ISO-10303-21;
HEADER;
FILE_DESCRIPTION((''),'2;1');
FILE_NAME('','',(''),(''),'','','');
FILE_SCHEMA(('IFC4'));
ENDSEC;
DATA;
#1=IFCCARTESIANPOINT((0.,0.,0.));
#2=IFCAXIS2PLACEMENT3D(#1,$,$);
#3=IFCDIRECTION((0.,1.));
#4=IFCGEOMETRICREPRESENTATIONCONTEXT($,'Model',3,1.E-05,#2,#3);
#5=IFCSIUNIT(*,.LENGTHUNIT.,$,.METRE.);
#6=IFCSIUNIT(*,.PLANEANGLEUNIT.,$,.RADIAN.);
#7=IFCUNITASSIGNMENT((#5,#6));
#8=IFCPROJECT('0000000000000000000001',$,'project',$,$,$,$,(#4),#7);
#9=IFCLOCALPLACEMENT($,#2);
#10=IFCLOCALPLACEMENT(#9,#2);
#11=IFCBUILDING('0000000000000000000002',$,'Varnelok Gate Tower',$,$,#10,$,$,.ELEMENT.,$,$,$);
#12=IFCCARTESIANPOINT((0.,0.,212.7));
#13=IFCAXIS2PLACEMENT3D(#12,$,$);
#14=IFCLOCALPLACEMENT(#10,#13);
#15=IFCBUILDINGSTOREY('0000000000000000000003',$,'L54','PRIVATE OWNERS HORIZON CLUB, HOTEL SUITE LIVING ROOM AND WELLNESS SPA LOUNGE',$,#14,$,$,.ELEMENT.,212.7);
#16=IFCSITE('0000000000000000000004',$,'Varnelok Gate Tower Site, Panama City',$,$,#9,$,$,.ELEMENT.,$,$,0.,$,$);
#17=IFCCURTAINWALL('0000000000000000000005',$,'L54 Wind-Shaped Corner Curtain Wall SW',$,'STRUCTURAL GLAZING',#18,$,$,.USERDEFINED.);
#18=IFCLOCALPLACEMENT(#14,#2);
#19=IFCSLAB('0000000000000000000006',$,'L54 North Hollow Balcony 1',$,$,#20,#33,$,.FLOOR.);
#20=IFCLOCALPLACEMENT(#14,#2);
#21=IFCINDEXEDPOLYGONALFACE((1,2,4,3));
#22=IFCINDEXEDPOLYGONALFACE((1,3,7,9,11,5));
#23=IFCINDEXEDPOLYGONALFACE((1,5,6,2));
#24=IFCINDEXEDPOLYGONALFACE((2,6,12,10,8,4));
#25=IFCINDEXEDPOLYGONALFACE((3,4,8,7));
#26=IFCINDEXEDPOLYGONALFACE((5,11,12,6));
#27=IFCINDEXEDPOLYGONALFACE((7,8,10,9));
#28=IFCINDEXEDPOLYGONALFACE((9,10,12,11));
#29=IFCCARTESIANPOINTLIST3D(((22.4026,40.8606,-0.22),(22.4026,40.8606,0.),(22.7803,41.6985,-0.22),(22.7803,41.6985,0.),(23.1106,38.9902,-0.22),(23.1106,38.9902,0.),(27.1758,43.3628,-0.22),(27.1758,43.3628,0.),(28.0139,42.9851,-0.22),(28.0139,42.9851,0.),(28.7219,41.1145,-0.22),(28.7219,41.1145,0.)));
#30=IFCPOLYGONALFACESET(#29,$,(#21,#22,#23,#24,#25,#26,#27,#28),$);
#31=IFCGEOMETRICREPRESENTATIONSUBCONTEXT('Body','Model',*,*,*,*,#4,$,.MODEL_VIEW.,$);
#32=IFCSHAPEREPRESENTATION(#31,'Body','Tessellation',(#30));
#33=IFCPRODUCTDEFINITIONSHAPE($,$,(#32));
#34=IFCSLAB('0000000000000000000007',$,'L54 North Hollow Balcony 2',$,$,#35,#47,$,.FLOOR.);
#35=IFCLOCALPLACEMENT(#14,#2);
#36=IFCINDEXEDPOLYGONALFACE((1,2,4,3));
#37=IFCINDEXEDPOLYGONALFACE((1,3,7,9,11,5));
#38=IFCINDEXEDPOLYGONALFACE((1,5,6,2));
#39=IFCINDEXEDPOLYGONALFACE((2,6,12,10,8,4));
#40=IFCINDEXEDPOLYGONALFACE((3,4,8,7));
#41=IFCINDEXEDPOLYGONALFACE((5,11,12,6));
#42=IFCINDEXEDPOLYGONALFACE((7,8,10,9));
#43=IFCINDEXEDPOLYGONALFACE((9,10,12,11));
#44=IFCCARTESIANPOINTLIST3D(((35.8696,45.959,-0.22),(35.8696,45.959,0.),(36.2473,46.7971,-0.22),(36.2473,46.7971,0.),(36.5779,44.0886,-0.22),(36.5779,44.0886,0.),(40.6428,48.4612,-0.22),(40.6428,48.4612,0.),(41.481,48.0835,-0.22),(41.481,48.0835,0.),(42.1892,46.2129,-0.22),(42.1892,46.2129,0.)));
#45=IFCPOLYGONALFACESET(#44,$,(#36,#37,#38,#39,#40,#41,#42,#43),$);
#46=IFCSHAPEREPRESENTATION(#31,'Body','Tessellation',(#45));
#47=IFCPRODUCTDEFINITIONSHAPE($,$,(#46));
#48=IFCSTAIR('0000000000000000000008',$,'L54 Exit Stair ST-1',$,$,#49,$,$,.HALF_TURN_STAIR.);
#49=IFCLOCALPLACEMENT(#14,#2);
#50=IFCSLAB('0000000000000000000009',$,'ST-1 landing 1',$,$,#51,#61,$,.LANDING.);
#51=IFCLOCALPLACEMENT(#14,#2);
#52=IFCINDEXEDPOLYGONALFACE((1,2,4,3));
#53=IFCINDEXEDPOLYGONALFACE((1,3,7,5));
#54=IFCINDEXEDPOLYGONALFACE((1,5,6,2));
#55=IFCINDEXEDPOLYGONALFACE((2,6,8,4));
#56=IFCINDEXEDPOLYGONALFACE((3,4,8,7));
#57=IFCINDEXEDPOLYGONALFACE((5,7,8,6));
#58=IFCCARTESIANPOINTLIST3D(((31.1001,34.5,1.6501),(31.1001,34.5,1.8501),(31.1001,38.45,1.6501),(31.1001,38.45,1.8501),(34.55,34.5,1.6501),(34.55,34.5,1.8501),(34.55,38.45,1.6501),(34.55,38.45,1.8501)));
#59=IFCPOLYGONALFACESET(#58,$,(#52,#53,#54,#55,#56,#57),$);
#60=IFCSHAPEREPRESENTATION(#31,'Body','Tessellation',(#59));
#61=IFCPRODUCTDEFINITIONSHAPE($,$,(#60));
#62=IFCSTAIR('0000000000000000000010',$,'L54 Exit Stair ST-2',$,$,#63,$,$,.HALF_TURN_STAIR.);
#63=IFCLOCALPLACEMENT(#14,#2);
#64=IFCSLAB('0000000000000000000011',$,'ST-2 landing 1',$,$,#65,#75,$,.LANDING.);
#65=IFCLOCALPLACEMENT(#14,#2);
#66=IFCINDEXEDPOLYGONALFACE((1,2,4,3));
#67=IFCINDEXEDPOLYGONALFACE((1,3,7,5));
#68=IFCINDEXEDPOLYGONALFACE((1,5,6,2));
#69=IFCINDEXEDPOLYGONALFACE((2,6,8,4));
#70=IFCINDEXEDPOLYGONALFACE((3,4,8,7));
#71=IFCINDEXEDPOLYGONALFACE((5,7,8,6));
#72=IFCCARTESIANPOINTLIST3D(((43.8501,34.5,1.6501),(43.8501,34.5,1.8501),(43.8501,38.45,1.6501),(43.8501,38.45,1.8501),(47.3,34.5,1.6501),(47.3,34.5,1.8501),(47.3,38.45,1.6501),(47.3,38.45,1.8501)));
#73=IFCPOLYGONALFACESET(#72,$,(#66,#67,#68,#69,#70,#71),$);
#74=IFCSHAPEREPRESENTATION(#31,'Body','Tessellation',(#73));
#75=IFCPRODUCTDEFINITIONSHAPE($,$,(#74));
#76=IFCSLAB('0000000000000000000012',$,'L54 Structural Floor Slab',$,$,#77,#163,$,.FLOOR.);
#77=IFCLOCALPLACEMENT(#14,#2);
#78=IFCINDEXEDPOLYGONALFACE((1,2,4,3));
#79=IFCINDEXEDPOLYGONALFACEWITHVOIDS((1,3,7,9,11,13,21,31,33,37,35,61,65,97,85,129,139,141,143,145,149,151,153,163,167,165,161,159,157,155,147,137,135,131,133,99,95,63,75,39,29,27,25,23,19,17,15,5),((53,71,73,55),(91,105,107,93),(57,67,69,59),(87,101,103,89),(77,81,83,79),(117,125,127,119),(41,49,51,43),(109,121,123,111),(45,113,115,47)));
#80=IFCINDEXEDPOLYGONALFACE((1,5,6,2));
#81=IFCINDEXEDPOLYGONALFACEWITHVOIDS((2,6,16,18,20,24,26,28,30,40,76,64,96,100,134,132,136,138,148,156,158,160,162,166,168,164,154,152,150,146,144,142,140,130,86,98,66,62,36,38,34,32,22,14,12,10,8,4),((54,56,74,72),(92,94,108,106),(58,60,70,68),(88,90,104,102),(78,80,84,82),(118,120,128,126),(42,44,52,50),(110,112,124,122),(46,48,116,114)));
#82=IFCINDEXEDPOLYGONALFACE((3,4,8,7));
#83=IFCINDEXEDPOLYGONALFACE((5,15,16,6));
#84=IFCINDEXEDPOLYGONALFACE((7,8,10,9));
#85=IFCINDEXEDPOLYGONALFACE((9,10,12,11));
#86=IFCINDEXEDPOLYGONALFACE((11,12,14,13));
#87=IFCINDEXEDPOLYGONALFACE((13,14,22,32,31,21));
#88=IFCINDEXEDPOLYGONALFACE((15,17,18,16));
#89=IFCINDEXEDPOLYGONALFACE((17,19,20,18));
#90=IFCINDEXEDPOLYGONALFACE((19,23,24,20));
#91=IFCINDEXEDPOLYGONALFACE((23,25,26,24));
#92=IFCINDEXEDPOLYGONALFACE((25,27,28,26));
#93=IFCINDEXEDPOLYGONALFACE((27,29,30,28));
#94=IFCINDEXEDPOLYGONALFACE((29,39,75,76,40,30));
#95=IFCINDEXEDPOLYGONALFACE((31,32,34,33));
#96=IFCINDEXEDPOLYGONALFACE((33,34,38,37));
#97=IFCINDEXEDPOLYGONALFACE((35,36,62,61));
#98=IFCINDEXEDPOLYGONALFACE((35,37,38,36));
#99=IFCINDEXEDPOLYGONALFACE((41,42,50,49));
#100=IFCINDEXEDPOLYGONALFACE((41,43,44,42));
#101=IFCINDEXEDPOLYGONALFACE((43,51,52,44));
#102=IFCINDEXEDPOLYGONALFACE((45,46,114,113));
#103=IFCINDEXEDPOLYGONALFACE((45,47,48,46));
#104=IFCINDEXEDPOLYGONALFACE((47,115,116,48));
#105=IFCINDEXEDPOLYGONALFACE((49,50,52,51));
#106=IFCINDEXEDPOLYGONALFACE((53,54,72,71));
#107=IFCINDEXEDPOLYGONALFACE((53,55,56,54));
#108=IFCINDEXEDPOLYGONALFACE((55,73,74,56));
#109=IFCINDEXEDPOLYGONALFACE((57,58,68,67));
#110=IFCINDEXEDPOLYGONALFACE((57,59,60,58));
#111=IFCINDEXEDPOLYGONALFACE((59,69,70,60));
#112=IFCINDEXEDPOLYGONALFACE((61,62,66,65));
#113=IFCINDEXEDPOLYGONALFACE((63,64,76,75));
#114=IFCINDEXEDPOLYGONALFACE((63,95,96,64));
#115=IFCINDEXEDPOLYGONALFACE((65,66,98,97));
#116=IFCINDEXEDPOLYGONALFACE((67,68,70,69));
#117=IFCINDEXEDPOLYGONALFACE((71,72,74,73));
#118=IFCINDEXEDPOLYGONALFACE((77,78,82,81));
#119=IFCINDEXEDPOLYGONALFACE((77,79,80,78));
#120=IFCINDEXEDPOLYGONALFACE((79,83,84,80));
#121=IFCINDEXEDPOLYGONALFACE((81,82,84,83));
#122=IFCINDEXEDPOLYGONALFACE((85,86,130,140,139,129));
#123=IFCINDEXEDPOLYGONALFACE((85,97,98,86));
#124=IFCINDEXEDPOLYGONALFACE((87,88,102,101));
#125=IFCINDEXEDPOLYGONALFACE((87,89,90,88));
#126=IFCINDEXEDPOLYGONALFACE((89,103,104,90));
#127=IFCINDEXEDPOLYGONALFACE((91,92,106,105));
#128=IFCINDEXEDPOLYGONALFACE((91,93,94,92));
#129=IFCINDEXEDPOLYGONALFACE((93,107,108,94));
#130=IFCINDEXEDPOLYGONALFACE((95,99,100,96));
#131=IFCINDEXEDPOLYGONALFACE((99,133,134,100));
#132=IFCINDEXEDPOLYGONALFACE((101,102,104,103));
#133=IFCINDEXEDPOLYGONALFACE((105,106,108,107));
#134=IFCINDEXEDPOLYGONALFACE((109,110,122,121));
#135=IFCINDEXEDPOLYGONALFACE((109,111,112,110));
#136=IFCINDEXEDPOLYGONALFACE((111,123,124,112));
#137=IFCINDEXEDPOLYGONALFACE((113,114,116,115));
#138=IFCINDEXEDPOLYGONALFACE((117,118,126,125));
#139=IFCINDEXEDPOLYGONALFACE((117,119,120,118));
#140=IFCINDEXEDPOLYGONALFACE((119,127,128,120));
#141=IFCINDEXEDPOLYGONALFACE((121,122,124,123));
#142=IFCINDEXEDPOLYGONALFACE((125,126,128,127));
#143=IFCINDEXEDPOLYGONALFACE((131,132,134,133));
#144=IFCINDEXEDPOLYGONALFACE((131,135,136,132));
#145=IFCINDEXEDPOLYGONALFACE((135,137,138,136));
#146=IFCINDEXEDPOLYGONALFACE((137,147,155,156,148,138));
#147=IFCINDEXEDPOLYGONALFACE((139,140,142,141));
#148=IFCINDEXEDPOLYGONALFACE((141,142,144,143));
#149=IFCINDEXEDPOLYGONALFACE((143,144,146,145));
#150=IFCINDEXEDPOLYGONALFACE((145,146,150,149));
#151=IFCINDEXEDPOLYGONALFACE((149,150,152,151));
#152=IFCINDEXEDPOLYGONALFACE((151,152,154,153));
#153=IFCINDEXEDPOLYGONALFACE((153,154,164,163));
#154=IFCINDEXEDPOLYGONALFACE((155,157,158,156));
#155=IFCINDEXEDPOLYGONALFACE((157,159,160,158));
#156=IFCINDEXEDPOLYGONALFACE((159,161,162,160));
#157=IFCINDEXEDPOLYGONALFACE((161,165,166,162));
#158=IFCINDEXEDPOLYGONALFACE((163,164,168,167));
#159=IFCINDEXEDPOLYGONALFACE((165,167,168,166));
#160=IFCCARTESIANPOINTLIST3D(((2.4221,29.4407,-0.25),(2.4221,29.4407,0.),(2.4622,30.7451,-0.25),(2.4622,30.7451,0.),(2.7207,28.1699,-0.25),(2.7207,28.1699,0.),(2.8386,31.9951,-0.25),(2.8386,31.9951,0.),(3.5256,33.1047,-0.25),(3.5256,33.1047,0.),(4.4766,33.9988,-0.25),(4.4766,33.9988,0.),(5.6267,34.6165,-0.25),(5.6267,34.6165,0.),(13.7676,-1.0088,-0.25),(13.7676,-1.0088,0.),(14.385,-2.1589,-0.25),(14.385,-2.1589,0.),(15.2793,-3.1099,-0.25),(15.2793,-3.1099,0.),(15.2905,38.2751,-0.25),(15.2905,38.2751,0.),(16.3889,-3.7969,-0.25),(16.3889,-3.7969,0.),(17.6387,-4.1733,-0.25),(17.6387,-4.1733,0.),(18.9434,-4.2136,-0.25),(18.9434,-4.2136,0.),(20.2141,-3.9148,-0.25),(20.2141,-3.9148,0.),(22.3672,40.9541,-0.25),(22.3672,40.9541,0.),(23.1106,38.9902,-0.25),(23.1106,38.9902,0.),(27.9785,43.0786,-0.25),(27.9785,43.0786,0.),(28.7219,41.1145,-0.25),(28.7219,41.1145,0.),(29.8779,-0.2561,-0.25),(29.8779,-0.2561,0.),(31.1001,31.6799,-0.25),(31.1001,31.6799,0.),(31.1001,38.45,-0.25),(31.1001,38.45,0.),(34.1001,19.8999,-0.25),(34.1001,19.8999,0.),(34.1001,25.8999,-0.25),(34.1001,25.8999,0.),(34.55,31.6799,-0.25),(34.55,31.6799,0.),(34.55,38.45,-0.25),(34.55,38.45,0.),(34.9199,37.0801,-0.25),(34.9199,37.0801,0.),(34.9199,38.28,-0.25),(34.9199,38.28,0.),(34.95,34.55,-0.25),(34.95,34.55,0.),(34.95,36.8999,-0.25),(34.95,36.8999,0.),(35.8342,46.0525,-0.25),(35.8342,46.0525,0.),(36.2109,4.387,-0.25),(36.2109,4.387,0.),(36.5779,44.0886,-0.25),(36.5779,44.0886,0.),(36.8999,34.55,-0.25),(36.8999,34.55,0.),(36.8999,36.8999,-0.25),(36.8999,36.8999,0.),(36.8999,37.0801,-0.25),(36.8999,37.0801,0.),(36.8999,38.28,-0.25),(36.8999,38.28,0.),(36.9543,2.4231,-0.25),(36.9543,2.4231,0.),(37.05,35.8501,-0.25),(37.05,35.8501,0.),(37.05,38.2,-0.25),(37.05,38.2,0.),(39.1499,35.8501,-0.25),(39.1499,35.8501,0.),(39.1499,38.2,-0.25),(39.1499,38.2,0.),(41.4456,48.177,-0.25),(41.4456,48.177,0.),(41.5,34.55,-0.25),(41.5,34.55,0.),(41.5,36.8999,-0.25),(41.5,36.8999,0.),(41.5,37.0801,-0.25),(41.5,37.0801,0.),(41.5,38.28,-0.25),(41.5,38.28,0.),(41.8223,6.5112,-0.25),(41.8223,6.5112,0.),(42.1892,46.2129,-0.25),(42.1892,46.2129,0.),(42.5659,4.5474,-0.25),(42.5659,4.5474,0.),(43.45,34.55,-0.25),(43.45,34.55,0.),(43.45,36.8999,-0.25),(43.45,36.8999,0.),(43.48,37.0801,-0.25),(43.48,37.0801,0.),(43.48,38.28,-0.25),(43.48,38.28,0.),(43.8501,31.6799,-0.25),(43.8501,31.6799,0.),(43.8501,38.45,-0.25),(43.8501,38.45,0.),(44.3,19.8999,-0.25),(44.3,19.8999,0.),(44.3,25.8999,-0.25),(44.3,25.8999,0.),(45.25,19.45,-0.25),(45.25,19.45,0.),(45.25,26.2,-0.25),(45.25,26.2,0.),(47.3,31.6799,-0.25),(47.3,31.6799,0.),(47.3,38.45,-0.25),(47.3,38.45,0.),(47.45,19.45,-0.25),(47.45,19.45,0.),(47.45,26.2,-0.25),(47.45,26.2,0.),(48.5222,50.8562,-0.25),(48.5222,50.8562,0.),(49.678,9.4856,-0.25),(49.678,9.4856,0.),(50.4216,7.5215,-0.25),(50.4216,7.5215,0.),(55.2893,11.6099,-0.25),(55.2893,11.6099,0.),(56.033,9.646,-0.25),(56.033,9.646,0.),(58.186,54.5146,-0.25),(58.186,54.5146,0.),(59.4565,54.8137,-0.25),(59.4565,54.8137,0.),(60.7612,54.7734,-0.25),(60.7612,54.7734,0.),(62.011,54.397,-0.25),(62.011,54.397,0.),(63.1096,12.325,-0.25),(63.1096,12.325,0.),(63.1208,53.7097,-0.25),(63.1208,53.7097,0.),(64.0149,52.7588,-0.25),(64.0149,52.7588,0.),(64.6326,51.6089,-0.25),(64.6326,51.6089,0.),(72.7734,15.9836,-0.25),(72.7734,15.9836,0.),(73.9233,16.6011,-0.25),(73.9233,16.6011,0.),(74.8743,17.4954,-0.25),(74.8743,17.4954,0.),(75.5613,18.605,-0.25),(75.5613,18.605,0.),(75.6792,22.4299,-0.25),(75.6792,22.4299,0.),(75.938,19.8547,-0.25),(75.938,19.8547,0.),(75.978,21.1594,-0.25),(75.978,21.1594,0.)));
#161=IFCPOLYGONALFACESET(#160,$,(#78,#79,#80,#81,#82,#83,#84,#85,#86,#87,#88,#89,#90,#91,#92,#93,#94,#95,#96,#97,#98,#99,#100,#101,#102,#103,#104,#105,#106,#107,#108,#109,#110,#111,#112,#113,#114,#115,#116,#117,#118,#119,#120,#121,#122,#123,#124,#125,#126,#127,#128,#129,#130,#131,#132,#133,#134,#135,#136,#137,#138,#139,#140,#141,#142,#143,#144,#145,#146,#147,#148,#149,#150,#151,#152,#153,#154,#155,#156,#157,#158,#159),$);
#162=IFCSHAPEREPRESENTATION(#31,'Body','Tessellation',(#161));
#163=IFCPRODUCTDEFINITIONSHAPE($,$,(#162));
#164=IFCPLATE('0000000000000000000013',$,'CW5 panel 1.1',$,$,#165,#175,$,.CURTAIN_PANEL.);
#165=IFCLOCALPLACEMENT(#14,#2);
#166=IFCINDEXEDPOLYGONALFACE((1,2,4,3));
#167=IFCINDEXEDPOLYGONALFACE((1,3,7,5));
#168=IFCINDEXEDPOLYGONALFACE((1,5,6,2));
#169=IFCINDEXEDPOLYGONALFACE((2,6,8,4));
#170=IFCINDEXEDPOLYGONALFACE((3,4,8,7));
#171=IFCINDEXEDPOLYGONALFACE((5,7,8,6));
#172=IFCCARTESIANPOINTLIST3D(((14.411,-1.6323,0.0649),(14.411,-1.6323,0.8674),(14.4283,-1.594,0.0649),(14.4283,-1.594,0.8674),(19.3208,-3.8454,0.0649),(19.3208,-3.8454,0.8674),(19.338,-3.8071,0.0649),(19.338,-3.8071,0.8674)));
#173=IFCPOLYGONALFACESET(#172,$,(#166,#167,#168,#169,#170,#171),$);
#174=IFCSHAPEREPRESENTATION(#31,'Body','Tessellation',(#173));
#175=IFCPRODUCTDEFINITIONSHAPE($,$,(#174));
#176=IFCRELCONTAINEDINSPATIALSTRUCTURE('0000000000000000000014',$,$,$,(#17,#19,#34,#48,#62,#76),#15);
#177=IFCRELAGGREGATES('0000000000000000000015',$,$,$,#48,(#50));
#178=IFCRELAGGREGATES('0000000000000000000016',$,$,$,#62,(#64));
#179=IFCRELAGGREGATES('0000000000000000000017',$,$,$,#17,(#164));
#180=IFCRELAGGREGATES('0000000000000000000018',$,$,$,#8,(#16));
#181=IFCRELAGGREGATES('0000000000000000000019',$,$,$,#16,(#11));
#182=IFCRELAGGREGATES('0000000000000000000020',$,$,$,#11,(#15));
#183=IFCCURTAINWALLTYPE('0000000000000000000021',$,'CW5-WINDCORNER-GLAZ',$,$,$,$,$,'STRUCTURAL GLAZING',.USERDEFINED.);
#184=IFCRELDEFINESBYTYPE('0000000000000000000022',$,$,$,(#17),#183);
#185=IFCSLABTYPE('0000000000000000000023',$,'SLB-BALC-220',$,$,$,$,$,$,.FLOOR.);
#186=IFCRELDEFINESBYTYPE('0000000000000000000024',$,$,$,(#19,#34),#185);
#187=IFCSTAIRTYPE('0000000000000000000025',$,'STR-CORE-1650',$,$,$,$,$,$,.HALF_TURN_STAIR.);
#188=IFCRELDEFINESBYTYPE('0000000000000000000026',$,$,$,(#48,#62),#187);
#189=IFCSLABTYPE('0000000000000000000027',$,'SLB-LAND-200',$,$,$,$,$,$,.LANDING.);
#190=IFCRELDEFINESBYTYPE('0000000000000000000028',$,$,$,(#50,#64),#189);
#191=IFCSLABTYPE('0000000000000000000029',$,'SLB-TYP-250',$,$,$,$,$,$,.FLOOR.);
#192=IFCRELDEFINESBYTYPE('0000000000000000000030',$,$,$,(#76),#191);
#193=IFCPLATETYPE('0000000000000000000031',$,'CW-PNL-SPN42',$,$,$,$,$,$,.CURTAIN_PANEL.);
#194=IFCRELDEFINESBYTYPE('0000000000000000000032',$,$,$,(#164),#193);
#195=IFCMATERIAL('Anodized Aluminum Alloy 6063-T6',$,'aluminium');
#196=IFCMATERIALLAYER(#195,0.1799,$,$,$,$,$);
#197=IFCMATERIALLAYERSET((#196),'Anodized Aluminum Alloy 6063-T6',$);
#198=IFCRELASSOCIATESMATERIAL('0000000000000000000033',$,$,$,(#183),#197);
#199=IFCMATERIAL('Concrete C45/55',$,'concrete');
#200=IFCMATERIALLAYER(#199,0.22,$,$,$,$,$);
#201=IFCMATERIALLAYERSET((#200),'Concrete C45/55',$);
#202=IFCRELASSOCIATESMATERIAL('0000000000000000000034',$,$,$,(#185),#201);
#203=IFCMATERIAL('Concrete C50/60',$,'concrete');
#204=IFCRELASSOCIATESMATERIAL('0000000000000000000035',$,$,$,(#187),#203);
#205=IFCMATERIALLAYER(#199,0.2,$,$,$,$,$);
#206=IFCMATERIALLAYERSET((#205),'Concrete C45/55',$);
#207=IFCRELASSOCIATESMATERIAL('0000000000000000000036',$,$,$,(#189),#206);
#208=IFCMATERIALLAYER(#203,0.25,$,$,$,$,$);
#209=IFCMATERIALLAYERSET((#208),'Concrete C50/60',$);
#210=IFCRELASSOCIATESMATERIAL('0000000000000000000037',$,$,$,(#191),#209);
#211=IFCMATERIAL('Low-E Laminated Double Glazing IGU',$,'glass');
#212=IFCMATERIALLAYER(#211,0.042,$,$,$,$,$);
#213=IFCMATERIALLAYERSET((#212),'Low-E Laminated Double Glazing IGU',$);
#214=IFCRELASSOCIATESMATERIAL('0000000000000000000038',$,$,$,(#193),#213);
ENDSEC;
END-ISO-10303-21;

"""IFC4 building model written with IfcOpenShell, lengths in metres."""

from ifc_helpers import new_model, si_unit, direction, frame, origin, origin_2d, place, context, subcontext, project, spatial, polyline, rectangle, outline, extrude, source, transform, mapped, material, layer, layer_set, type_object, element, aggregate, save


model = new_model("IFC4")

# Units and contexts
model_context = context("Model", 3, precision=1e-05, world=origin(), true_north=direction((0.0, 1.0)))
body_context = subcontext(model_context, "Body", "Model", "MODEL_VIEW")
ifc_project = project(units=[si_unit("LENGTHUNIT", "METRE"), si_unit("PLANEANGLEUNIT", "RADIAN")], contexts=[model_context])

# Site, building, storey
site_placement = place(None, origin())
site = spatial("IfcSite", under=ifc_project, at=site_placement, Name="Varnelok Gate Tower Site, Panama City", CompositionType="ELEMENT", RefElevation=0.0)
building_placement = place(site_placement, origin())
building = spatial("IfcBuilding", under=site, at=building_placement, Name="Varnelok Gate Tower", CompositionType="ELEMENT")
storey_placement = place(building_placement, frame((0.0, 0.0, 212.7)))
storey = spatial("IfcBuildingStorey", under=building, at=storey_placement, Name="L54", Description="PRIVATE OWNERS HORIZON CLUB, HOTEL SUITE LIVING ROOM AND WELLNESS SPA LOUNGE", CompositionType="ELEMENT", Elevation=212.7)

# Curtain wall
ifc_material_1 = material(Name="Anodized Aluminum Alloy 6063-T6", Category="aluminium")
ifc_layer_1 = layer(ifc_material_1, 0.1799)
ifc_layer_set_1 = layer_set([ifc_layer_1], Name="Anodized Aluminum Alloy 6063-T6")
curtain_wall_type_1 = type_object("IfcCurtainWallType", Name="CW5-WINDCORNER-GLAZ", ElementType="STRUCTURAL GLAZING", PredefinedType="USERDEFINED", material=ifc_layer_set_1)
curtain_wall_1_placement = place(storey_placement, origin())
curtain_wall_1 = element("IfcCurtainWall", 1, at=curtain_wall_1_placement, inside=storey, type_object=curtain_wall_type_1, Name="L54 Wind-Shaped Corner Curtain Wall SW", ObjectType="STRUCTURAL GLAZING", PredefinedType="USERDEFINED")

# Slabs
ifc_material_2 = material(Name="Concrete C45/55", Category="concrete")
ifc_layer_2 = layer(ifc_material_2, 0.22)
ifc_layer_set_2 = layer_set([ifc_layer_2], Name="Concrete C45/55")
slab_type_1 = type_object("IfcSlabType", Name="SLB-BALC-220", PredefinedType="FLOOR", material=ifc_layer_set_2)
slab_1_placement = place(storey_placement, frame((0.0, 0.0, -0.22)))
element("IfcSlab", 2, at=slab_1_placement, inside=storey, type_object=slab_type_1, Name="L54 North Hollow Balcony 1", PredefinedType="FLOOR", context=body_context, shape_type="SweptSolid", body=[
    extrude(outline(polyline([(23.1106, 38.9902), (28.7219, 41.1145), (28.0139, 42.9851), (27.1758, 43.3628), (22.7803, 41.6985), (22.4026, 40.8606), (23.1106, 38.9902)])), origin(), (0.0, 0.0, 1.0), 0.22),
])
slab_2_placement = place(storey_placement, frame((0.0, 0.0, -0.22)))
element("IfcSlab", 3, at=slab_2_placement, inside=storey, type_object=slab_type_1, Name="L54 North Hollow Balcony 2", PredefinedType="FLOOR", context=body_context, shape_type="SweptSolid", body=[
    extrude(outline(polyline([(36.5779, 44.0886), (42.1892, 46.2129), (41.481, 48.0835), (40.6428, 48.4612), (36.2473, 46.7971), (35.8696, 45.959), (36.5779, 44.0886)])), origin(), (0.0, 0.0, 1.0), 0.22),
])

# Stairs, slabs
ifc_material_3 = material(Name="Concrete C50/60", Category="concrete")
stair_type = type_object("IfcStairType", Name="STR-CORE-1650", PredefinedType="HALF_TURN_STAIR", material=ifc_material_3)
stair_1_placement = place(storey_placement, origin())
stair_1 = element("IfcStair", 4, at=stair_1_placement, inside=storey, type_object=stair_type, Name="L54 Exit Stair ST-1", PredefinedType="HALF_TURN_STAIR")
ifc_layer_3 = layer(ifc_material_2, 0.2)
ifc_layer_set_3 = layer_set([ifc_layer_3], Name="Concrete C45/55")
slab_type_2 = type_object("IfcSlabType", Name="SLB-LAND-200", PredefinedType="LANDING", material=ifc_layer_set_3)
slab_3_placement = place(storey_placement, frame((0.0, 0.0, 1.6501)))
slab_3 = element("IfcSlab", 5, at=slab_3_placement, type_object=slab_type_2, Name="ST-1 landing 1", PredefinedType="LANDING", context=body_context, shape_type="SweptSolid", body=[
    extrude(outline(polyline([(34.55, 34.5), (34.55, 38.45), (31.1001, 38.45), (31.1001, 34.5), (34.55, 34.5)])), origin(), (0.0, 0.0, 1.0), 0.2),
])
aggregate(stair_1, [slab_3])
stair_2_placement = place(storey_placement, origin())
stair_2 = element("IfcStair", 6, at=stair_2_placement, inside=storey, type_object=stair_type, Name="L54 Exit Stair ST-2", PredefinedType="HALF_TURN_STAIR")
slab_4_placement = place(storey_placement, frame((0.0, 0.0, 1.6501)))
slab_4 = element("IfcSlab", 7, at=slab_4_placement, type_object=slab_type_2, Name="ST-2 landing 1", PredefinedType="LANDING", context=body_context, shape_type="SweptSolid", body=[
    extrude(outline(polyline([(47.3, 34.5), (47.3, 38.45), (43.8501, 38.45), (43.8501, 34.5), (47.3, 34.5)])), origin(), (0.0, 0.0, 1.0), 0.2),
])
aggregate(stair_2, [slab_4])

# Slab
ifc_layer_4 = layer(ifc_material_3, 0.25)
ifc_layer_set_4 = layer_set([ifc_layer_4], Name="Concrete C50/60")
slab_type_3 = type_object("IfcSlabType", Name="SLB-TYP-250", PredefinedType="FLOOR", material=ifc_layer_set_4)
slab_5_placement = place(storey_placement, frame((0.0, 0.0, -0.25)))
element("IfcSlab", 8, at=slab_5_placement, inside=storey, type_object=slab_type_3, Name="L54 Structural Floor Slab", PredefinedType="FLOOR", context=body_context, shape_type="SweptSolid", body=[
    extrude(outline(polyline([(13.7676, -1.0088), (14.385, -2.1589), (15.2793, -3.1099), (16.3889, -3.7969), (17.6387, -4.1733), (18.9434, -4.2136), (20.2141, -3.9148), (29.8779, -0.2561), (36.9543, 2.4231), (36.2109, 4.387), (41.8223, 6.5112), (42.5659, 4.5474), (50.4216, 7.5215), (49.678, 9.4856), (55.2893, 11.6099), (56.033, 9.646), (63.1096, 12.325), (72.7734, 15.9836), (73.9233, 16.6011), (74.8743, 17.4954), (75.5613, 18.605), (75.938, 19.8547), (75.978, 21.1594), (75.6792, 22.4299), (64.6326, 51.6089), (64.0149, 52.7588), (63.1208, 53.7097), (62.011, 54.397), (60.7612, 54.7734), (59.4565, 54.8137), (58.186, 54.5146), (48.5222, 50.8562), (41.4456, 48.177), (42.1892, 46.2129), (36.5779, 44.0886), (35.8342, 46.0525), (27.9785, 43.0786), (28.7219, 41.1145), (23.1106, 38.9902), (22.3672, 40.9541), (15.2905, 38.2751), (5.6267, 34.6165), (4.4766, 33.9988), (3.5256, 33.1047), (2.8386, 31.9951), (2.4622, 30.7451), (2.4221, 29.4407), (2.7207, 28.1699), (13.7676, -1.0088)]), holes=[polyline([(34.55, 31.6799), (34.55, 38.45), (31.1001, 38.45), (31.1001, 31.6799), (34.55, 31.6799)]), polyline([(47.3, 31.6799), (47.3, 38.45), (43.8501, 38.45), (43.8501, 31.6799), (47.3, 31.6799)]), polyline([(34.95, 34.55), (36.8999, 34.55), (36.8999, 36.8999), (34.95, 36.8999), (34.95, 34.55)]), polyline([(41.5, 34.55), (43.45, 34.55), (43.45, 36.8999), (41.5, 36.8999), (41.5, 34.55)]), polyline([(37.05, 35.8501), (39.1499, 35.8501), (39.1499, 38.2), (37.05, 38.2), (37.05, 35.8501)]), polyline([(45.25, 19.45), (47.45, 19.45), (47.45, 26.2), (45.25, 26.2), (45.25, 19.45)]), polyline([(34.9199, 37.0801), (36.8999, 37.0801), (36.8999, 38.28), (34.9199, 38.28), (34.9199, 37.0801)]), polyline([(41.5, 37.0801), (43.48, 37.0801), (43.48, 38.28), (41.5, 38.28), (41.5, 37.0801)]), polyline([(34.1001, 19.8999), (44.3, 19.8999), (44.3, 25.8999), (34.1001, 25.8999), (34.1001, 19.8999)])]), origin(), (0.0, 0.0, 1.0), 0.25),
])

# Plate
ifc_material_4 = material(Name="Low-E Laminated Double Glazing IGU", Category="glass")
ifc_layer_5 = layer(ifc_material_4, 0.042)
ifc_layer_set_5 = layer_set([ifc_layer_5], Name="Low-E Laminated Double Glazing IGU")
plate_type = type_object("IfcPlateType", Name="CW-PNL-SPN42", PredefinedType="CURTAIN_PANEL", material=ifc_layer_set_5)
shared_shape = source(origin(), body_context, "Body", "SweptSolid", [
    extrude(rectangle(XDim=5.3855, YDim=0.042, at=origin_2d()), origin(), (0.0, 0.0, 1.0), 0.8025),
])
plate_placement = place(storey_placement, frame((16.8745, -2.7197, 0.0649), z_axis=(0.0, 0.0, 1.0), x_axis=(0.911663, -0.410939, 0.0)))
plate = element("IfcPlate", 9, at=plate_placement, type_object=plate_type, Name="CW5 panel 1.1", PredefinedType="CURTAIN_PANEL", context=body_context, shape_type="MappedRepresentation", body=[
    mapped(shared_shape, transform((0.0, 0.0, 0.0), scale=1.0)),
])
aggregate(curtain_wall_1, [plate])

save(model, "model.ifc")
